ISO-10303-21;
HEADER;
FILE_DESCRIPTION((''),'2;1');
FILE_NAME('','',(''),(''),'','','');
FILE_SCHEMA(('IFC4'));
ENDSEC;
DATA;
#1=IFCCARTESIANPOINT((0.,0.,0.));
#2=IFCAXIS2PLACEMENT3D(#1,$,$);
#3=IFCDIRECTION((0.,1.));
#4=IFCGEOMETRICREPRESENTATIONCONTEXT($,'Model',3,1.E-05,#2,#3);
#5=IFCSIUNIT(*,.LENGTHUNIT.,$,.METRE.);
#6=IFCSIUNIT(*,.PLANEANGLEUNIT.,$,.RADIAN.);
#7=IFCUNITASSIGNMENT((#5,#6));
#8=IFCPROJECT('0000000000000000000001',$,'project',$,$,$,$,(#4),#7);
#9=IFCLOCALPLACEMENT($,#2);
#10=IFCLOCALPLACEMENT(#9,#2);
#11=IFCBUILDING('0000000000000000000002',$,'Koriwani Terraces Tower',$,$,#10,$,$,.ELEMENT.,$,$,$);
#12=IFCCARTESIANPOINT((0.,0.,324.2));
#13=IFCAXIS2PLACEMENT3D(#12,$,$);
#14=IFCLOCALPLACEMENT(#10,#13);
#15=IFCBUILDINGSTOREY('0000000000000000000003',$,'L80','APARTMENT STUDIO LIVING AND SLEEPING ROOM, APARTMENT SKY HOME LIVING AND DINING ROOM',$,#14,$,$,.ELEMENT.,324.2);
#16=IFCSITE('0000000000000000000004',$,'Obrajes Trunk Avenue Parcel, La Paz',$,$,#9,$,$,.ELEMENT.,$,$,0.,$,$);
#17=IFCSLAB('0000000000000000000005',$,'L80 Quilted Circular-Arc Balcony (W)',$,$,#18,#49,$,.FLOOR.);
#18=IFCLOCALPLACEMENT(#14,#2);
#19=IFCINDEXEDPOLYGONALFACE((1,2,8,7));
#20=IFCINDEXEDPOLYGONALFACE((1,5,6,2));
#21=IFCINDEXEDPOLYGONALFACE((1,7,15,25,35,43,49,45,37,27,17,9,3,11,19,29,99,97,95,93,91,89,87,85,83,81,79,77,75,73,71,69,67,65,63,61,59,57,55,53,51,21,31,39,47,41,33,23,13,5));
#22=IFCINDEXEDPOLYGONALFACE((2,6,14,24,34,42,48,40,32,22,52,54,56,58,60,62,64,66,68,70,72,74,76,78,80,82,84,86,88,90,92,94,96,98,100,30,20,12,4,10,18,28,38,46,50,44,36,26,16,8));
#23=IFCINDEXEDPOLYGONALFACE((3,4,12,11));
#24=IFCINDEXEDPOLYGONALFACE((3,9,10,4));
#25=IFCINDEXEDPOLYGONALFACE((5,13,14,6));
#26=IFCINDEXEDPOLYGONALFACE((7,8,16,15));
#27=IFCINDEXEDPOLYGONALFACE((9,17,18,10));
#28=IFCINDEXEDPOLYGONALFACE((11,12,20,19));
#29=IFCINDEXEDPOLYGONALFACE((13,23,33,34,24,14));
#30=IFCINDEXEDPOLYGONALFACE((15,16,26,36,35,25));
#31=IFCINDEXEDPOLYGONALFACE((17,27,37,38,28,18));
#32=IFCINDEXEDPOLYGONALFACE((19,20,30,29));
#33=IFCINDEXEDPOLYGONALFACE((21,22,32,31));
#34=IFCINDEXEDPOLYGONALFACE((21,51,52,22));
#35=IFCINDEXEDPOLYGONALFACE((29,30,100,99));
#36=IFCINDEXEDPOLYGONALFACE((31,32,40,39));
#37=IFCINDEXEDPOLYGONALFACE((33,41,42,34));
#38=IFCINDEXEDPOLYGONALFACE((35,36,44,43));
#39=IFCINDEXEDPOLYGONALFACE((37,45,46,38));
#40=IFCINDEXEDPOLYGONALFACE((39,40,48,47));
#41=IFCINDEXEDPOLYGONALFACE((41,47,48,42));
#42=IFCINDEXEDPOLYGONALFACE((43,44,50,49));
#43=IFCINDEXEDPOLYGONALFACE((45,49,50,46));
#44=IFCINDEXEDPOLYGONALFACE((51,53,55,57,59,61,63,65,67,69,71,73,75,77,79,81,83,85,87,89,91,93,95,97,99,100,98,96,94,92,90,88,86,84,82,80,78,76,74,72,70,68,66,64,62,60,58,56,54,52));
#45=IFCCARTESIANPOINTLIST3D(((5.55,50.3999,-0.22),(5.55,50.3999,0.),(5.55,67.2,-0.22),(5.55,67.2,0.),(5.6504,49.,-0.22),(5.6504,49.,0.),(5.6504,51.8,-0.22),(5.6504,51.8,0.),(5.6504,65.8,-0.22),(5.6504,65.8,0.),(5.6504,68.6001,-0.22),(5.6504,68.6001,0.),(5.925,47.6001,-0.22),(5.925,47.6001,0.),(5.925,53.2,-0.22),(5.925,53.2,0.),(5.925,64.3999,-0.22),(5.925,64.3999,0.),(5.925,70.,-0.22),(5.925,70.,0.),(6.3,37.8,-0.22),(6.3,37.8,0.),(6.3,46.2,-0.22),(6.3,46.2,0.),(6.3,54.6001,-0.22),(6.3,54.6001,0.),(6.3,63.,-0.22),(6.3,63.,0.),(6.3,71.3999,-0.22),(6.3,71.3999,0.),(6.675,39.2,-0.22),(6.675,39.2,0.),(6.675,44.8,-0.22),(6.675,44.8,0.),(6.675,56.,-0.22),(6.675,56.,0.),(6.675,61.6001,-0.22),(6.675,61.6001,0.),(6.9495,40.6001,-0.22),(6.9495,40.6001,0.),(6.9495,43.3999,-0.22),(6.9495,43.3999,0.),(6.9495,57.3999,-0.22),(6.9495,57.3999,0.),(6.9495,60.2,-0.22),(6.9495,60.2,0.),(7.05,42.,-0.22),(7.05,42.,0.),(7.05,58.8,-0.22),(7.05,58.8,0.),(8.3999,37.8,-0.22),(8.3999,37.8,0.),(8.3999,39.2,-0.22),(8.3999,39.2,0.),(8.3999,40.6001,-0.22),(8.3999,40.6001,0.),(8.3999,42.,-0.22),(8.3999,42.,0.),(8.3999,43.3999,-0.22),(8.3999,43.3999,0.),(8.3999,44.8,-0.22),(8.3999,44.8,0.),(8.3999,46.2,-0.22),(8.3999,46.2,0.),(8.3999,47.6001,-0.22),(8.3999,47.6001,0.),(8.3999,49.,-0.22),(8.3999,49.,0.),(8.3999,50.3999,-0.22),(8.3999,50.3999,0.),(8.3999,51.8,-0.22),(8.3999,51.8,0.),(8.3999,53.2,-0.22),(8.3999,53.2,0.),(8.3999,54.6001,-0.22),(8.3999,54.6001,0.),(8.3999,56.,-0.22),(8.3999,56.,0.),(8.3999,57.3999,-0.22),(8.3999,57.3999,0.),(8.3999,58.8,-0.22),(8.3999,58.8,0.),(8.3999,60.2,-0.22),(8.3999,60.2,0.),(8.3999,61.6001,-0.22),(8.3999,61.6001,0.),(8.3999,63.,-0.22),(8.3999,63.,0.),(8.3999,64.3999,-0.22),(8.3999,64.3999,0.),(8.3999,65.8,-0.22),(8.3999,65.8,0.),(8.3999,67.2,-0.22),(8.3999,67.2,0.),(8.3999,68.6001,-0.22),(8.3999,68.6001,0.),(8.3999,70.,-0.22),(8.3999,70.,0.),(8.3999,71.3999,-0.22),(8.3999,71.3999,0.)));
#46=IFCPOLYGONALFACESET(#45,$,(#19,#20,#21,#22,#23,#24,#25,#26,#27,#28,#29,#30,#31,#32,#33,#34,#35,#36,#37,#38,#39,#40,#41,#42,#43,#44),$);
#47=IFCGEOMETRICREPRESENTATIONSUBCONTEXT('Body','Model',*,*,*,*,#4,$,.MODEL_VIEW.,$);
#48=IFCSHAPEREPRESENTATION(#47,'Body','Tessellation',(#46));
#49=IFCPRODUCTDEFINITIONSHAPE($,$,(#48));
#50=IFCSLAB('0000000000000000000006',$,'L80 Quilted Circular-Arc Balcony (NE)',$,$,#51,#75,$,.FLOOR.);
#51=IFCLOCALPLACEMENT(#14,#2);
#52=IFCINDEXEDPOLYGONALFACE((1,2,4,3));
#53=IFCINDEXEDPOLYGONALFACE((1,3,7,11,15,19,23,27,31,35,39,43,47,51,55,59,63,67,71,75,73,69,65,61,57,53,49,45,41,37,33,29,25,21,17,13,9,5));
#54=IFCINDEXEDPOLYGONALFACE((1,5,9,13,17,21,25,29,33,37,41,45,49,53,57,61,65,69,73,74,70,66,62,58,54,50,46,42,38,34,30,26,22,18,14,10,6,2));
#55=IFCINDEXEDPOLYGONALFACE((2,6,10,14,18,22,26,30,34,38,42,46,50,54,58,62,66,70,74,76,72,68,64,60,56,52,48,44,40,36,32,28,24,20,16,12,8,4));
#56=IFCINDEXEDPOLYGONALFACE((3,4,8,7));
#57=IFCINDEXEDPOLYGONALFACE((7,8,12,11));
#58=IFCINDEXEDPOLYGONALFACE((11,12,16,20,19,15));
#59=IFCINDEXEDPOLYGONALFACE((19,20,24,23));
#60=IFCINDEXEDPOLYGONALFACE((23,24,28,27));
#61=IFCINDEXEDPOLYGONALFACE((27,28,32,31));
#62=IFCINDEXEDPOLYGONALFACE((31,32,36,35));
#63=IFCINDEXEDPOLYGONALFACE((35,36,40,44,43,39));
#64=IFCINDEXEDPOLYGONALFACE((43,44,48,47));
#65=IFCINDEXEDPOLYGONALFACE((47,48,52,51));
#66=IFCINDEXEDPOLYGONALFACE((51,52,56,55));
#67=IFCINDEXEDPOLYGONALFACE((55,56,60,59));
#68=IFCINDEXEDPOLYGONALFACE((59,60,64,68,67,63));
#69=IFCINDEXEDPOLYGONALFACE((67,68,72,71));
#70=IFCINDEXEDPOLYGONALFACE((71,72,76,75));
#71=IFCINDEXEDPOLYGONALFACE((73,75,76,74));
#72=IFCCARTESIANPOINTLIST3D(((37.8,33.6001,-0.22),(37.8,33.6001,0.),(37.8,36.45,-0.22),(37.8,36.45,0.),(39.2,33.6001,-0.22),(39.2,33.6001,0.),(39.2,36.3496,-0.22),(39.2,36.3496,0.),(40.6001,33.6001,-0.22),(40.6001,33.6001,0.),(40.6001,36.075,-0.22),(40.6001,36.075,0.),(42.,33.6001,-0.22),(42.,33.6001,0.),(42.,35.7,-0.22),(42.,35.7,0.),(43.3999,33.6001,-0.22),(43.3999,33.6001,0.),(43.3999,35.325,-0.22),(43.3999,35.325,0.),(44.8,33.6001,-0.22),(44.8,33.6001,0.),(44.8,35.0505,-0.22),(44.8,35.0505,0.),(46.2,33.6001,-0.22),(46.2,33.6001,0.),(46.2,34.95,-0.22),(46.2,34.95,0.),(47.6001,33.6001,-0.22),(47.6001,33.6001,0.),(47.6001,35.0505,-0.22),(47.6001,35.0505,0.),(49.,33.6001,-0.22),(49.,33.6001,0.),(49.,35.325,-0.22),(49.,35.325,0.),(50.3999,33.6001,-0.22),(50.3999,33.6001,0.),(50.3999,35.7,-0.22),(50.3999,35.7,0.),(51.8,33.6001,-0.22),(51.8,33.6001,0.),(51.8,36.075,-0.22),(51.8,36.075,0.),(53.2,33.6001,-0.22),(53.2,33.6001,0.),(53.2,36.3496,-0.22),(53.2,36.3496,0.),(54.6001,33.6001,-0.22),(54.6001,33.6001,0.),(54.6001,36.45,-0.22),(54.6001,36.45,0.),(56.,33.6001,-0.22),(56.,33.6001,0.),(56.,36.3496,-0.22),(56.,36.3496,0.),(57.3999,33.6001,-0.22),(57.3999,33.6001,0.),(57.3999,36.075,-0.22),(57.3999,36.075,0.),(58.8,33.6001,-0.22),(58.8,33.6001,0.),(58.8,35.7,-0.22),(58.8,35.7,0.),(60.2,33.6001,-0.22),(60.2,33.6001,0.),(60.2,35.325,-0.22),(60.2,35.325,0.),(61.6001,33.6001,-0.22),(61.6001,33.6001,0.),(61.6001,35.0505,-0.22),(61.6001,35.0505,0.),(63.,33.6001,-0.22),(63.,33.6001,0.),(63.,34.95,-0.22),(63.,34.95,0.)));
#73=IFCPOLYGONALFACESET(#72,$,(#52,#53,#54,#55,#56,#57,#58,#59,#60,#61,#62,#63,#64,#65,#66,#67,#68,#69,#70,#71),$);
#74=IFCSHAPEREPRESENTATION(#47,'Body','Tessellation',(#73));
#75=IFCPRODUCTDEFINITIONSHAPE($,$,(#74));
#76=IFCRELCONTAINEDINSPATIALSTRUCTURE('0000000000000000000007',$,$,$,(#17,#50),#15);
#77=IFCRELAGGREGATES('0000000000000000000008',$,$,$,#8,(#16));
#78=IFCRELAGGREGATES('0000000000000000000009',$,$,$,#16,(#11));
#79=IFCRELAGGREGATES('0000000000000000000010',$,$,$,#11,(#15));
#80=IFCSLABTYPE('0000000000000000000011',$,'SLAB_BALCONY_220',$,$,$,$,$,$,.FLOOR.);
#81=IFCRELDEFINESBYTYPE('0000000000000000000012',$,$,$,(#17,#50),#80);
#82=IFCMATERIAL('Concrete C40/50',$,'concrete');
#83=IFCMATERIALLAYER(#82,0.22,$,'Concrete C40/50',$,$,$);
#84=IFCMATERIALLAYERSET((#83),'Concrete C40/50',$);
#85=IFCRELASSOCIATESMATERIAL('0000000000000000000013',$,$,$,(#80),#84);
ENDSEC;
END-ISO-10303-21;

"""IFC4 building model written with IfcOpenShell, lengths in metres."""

from ifc_helpers import new_model, si_unit, direction, frame, origin, place, context, subcontext, project, spatial, polyline, outline, extrude, material, layer, layer_set, type_object, element, save


model = new_model("IFC4")

# Units and contexts
model_context = context("Model", 3, precision=1e-05, world=origin(), true_north=direction((0.0, 1.0)))
body_context = subcontext(model_context, "Body", "Model", "MODEL_VIEW")
ifc_project = project(units=[si_unit("LENGTHUNIT", "METRE"), si_unit("PLANEANGLEUNIT", "RADIAN")], contexts=[model_context])

# Site, building, storey
site_placement = place(None, origin())
site = spatial("IfcSite", under=ifc_project, at=site_placement, Name="Obrajes Trunk Avenue Parcel, La Paz", CompositionType="ELEMENT", RefElevation=0.0)
building_placement = place(site_placement, origin())
building = spatial("IfcBuilding", under=site, at=building_placement, Name="Koriwani Terraces Tower", CompositionType="ELEMENT")
storey_placement = place(building_placement, frame((0.0, 0.0, 324.2)))
storey = spatial("IfcBuildingStorey", under=building, at=storey_placement, Name="L80", Description="APARTMENT STUDIO LIVING AND SLEEPING ROOM, APARTMENT SKY HOME LIVING AND DINING ROOM", CompositionType="ELEMENT", Elevation=324.2)

# Shared definitions
ifc_material_1 = material(Name="Concrete C40/50", Category="concrete")

# Slabs
ifc_layer_1 = layer(ifc_material_1, 0.22, Name="Concrete C40/50")
ifc_layer_set_1 = layer_set([ifc_layer_1], Name="Concrete C40/50")
slab_type_1 = type_object("IfcSlabType", Name="SLAB_BALCONY_220", PredefinedType="FLOOR", material=ifc_layer_set_1)
slab_1_placement = place(storey_placement, frame((0.0, 0.0, -0.22)))
element("IfcSlab", 1, at=slab_1_placement, inside=storey, type_object=slab_type_1, Name="L80 Quilted Circular-Arc Balcony (W)", PredefinedType="FLOOR", context=body_context, shape_type="SweptSolid", body=[
    extrude(outline(polyline([(8.3999, 37.8), (8.3999, 39.2), (8.3999, 40.6001), (8.3999, 42.0), (8.3999, 43.3999), (8.3999, 44.8), (8.3999, 46.2), (8.3999, 47.6001), (8.3999, 49.0), (8.3999, 50.3999), (8.3999, 51.8), (8.3999, 53.2), (8.3999, 54.6001), (8.3999, 56.0), (8.3999, 57.3999), (8.3999, 58.8), (8.3999, 60.2), (8.3999, 61.6001), (8.3999, 63.0), (8.3999, 64.3999), (8.3999, 65.8), (8.3999, 67.2), (8.3999, 68.6001), (8.3999, 70.0), (8.3999, 71.3999), (6.3, 71.3999), (5.925, 70.0), (5.6504, 68.6001), (5.55, 67.2), (5.6504, 65.8), (5.925, 64.3999), (6.3, 63.0), (6.675, 61.6001), (6.9495, 60.2), (7.05, 58.8), (6.9495, 57.3999), (6.675, 56.0), (6.3, 54.6001), (5.925, 53.2), (5.6504, 51.8), (5.55, 50.3999), (5.6504, 49.0), (5.925, 47.6001), (6.3, 46.2), (6.675, 44.8), (6.9495, 43.3999), (7.05, 42.0), (6.9495, 40.6001), (6.675, 39.2), (6.3, 37.8), (8.3999, 37.8)])), origin(), (0.0, 0.0, 1.0), 0.22),
])
slab_2_placement = place(storey_placement, frame((0.0, 0.0, -0.22)))
element("IfcSlab", 2, at=slab_2_placement, inside=storey, type_object=slab_type_1, Name="L80 Quilted Circular-Arc Balcony (NE)", PredefinedType="FLOOR", context=body_context, shape_type="SweptSolid", body=[
    extrude(outline(polyline([(63.0, 33.6001), (61.6001, 33.6001), (60.2, 33.6001), (58.8, 33.6001), (57.3999, 33.6001), (56.0, 33.6001), (54.6001, 33.6001), (53.2, 33.6001), (51.8, 33.6001), (50.3999, 33.6001), (49.0, 33.6001), (47.6001, 33.6001), (46.2, 33.6001), (44.8, 33.6001), (43.3999, 33.6001), (42.0, 33.6001), (40.6001, 33.6001), (39.2, 33.6001), (37.8, 33.6001), (37.8, 36.45), (39.2, 36.3496), (40.6001, 36.075), (42.0, 35.7), (43.3999, 35.325), (44.8, 35.0505), (46.2, 34.95), (47.6001, 35.0505), (49.0, 35.325), (50.3999, 35.7), (51.8, 36.075), (53.2, 36.3496), (54.6001, 36.45), (56.0, 36.3496), (57.3999, 36.075), (58.8, 35.7), (60.2, 35.325), (61.6001, 35.0505), (63.0, 34.95), (63.0, 33.6001)])), origin(), (0.0, 0.0, 1.0), 0.22),
])

save(model, "model.ifc")
